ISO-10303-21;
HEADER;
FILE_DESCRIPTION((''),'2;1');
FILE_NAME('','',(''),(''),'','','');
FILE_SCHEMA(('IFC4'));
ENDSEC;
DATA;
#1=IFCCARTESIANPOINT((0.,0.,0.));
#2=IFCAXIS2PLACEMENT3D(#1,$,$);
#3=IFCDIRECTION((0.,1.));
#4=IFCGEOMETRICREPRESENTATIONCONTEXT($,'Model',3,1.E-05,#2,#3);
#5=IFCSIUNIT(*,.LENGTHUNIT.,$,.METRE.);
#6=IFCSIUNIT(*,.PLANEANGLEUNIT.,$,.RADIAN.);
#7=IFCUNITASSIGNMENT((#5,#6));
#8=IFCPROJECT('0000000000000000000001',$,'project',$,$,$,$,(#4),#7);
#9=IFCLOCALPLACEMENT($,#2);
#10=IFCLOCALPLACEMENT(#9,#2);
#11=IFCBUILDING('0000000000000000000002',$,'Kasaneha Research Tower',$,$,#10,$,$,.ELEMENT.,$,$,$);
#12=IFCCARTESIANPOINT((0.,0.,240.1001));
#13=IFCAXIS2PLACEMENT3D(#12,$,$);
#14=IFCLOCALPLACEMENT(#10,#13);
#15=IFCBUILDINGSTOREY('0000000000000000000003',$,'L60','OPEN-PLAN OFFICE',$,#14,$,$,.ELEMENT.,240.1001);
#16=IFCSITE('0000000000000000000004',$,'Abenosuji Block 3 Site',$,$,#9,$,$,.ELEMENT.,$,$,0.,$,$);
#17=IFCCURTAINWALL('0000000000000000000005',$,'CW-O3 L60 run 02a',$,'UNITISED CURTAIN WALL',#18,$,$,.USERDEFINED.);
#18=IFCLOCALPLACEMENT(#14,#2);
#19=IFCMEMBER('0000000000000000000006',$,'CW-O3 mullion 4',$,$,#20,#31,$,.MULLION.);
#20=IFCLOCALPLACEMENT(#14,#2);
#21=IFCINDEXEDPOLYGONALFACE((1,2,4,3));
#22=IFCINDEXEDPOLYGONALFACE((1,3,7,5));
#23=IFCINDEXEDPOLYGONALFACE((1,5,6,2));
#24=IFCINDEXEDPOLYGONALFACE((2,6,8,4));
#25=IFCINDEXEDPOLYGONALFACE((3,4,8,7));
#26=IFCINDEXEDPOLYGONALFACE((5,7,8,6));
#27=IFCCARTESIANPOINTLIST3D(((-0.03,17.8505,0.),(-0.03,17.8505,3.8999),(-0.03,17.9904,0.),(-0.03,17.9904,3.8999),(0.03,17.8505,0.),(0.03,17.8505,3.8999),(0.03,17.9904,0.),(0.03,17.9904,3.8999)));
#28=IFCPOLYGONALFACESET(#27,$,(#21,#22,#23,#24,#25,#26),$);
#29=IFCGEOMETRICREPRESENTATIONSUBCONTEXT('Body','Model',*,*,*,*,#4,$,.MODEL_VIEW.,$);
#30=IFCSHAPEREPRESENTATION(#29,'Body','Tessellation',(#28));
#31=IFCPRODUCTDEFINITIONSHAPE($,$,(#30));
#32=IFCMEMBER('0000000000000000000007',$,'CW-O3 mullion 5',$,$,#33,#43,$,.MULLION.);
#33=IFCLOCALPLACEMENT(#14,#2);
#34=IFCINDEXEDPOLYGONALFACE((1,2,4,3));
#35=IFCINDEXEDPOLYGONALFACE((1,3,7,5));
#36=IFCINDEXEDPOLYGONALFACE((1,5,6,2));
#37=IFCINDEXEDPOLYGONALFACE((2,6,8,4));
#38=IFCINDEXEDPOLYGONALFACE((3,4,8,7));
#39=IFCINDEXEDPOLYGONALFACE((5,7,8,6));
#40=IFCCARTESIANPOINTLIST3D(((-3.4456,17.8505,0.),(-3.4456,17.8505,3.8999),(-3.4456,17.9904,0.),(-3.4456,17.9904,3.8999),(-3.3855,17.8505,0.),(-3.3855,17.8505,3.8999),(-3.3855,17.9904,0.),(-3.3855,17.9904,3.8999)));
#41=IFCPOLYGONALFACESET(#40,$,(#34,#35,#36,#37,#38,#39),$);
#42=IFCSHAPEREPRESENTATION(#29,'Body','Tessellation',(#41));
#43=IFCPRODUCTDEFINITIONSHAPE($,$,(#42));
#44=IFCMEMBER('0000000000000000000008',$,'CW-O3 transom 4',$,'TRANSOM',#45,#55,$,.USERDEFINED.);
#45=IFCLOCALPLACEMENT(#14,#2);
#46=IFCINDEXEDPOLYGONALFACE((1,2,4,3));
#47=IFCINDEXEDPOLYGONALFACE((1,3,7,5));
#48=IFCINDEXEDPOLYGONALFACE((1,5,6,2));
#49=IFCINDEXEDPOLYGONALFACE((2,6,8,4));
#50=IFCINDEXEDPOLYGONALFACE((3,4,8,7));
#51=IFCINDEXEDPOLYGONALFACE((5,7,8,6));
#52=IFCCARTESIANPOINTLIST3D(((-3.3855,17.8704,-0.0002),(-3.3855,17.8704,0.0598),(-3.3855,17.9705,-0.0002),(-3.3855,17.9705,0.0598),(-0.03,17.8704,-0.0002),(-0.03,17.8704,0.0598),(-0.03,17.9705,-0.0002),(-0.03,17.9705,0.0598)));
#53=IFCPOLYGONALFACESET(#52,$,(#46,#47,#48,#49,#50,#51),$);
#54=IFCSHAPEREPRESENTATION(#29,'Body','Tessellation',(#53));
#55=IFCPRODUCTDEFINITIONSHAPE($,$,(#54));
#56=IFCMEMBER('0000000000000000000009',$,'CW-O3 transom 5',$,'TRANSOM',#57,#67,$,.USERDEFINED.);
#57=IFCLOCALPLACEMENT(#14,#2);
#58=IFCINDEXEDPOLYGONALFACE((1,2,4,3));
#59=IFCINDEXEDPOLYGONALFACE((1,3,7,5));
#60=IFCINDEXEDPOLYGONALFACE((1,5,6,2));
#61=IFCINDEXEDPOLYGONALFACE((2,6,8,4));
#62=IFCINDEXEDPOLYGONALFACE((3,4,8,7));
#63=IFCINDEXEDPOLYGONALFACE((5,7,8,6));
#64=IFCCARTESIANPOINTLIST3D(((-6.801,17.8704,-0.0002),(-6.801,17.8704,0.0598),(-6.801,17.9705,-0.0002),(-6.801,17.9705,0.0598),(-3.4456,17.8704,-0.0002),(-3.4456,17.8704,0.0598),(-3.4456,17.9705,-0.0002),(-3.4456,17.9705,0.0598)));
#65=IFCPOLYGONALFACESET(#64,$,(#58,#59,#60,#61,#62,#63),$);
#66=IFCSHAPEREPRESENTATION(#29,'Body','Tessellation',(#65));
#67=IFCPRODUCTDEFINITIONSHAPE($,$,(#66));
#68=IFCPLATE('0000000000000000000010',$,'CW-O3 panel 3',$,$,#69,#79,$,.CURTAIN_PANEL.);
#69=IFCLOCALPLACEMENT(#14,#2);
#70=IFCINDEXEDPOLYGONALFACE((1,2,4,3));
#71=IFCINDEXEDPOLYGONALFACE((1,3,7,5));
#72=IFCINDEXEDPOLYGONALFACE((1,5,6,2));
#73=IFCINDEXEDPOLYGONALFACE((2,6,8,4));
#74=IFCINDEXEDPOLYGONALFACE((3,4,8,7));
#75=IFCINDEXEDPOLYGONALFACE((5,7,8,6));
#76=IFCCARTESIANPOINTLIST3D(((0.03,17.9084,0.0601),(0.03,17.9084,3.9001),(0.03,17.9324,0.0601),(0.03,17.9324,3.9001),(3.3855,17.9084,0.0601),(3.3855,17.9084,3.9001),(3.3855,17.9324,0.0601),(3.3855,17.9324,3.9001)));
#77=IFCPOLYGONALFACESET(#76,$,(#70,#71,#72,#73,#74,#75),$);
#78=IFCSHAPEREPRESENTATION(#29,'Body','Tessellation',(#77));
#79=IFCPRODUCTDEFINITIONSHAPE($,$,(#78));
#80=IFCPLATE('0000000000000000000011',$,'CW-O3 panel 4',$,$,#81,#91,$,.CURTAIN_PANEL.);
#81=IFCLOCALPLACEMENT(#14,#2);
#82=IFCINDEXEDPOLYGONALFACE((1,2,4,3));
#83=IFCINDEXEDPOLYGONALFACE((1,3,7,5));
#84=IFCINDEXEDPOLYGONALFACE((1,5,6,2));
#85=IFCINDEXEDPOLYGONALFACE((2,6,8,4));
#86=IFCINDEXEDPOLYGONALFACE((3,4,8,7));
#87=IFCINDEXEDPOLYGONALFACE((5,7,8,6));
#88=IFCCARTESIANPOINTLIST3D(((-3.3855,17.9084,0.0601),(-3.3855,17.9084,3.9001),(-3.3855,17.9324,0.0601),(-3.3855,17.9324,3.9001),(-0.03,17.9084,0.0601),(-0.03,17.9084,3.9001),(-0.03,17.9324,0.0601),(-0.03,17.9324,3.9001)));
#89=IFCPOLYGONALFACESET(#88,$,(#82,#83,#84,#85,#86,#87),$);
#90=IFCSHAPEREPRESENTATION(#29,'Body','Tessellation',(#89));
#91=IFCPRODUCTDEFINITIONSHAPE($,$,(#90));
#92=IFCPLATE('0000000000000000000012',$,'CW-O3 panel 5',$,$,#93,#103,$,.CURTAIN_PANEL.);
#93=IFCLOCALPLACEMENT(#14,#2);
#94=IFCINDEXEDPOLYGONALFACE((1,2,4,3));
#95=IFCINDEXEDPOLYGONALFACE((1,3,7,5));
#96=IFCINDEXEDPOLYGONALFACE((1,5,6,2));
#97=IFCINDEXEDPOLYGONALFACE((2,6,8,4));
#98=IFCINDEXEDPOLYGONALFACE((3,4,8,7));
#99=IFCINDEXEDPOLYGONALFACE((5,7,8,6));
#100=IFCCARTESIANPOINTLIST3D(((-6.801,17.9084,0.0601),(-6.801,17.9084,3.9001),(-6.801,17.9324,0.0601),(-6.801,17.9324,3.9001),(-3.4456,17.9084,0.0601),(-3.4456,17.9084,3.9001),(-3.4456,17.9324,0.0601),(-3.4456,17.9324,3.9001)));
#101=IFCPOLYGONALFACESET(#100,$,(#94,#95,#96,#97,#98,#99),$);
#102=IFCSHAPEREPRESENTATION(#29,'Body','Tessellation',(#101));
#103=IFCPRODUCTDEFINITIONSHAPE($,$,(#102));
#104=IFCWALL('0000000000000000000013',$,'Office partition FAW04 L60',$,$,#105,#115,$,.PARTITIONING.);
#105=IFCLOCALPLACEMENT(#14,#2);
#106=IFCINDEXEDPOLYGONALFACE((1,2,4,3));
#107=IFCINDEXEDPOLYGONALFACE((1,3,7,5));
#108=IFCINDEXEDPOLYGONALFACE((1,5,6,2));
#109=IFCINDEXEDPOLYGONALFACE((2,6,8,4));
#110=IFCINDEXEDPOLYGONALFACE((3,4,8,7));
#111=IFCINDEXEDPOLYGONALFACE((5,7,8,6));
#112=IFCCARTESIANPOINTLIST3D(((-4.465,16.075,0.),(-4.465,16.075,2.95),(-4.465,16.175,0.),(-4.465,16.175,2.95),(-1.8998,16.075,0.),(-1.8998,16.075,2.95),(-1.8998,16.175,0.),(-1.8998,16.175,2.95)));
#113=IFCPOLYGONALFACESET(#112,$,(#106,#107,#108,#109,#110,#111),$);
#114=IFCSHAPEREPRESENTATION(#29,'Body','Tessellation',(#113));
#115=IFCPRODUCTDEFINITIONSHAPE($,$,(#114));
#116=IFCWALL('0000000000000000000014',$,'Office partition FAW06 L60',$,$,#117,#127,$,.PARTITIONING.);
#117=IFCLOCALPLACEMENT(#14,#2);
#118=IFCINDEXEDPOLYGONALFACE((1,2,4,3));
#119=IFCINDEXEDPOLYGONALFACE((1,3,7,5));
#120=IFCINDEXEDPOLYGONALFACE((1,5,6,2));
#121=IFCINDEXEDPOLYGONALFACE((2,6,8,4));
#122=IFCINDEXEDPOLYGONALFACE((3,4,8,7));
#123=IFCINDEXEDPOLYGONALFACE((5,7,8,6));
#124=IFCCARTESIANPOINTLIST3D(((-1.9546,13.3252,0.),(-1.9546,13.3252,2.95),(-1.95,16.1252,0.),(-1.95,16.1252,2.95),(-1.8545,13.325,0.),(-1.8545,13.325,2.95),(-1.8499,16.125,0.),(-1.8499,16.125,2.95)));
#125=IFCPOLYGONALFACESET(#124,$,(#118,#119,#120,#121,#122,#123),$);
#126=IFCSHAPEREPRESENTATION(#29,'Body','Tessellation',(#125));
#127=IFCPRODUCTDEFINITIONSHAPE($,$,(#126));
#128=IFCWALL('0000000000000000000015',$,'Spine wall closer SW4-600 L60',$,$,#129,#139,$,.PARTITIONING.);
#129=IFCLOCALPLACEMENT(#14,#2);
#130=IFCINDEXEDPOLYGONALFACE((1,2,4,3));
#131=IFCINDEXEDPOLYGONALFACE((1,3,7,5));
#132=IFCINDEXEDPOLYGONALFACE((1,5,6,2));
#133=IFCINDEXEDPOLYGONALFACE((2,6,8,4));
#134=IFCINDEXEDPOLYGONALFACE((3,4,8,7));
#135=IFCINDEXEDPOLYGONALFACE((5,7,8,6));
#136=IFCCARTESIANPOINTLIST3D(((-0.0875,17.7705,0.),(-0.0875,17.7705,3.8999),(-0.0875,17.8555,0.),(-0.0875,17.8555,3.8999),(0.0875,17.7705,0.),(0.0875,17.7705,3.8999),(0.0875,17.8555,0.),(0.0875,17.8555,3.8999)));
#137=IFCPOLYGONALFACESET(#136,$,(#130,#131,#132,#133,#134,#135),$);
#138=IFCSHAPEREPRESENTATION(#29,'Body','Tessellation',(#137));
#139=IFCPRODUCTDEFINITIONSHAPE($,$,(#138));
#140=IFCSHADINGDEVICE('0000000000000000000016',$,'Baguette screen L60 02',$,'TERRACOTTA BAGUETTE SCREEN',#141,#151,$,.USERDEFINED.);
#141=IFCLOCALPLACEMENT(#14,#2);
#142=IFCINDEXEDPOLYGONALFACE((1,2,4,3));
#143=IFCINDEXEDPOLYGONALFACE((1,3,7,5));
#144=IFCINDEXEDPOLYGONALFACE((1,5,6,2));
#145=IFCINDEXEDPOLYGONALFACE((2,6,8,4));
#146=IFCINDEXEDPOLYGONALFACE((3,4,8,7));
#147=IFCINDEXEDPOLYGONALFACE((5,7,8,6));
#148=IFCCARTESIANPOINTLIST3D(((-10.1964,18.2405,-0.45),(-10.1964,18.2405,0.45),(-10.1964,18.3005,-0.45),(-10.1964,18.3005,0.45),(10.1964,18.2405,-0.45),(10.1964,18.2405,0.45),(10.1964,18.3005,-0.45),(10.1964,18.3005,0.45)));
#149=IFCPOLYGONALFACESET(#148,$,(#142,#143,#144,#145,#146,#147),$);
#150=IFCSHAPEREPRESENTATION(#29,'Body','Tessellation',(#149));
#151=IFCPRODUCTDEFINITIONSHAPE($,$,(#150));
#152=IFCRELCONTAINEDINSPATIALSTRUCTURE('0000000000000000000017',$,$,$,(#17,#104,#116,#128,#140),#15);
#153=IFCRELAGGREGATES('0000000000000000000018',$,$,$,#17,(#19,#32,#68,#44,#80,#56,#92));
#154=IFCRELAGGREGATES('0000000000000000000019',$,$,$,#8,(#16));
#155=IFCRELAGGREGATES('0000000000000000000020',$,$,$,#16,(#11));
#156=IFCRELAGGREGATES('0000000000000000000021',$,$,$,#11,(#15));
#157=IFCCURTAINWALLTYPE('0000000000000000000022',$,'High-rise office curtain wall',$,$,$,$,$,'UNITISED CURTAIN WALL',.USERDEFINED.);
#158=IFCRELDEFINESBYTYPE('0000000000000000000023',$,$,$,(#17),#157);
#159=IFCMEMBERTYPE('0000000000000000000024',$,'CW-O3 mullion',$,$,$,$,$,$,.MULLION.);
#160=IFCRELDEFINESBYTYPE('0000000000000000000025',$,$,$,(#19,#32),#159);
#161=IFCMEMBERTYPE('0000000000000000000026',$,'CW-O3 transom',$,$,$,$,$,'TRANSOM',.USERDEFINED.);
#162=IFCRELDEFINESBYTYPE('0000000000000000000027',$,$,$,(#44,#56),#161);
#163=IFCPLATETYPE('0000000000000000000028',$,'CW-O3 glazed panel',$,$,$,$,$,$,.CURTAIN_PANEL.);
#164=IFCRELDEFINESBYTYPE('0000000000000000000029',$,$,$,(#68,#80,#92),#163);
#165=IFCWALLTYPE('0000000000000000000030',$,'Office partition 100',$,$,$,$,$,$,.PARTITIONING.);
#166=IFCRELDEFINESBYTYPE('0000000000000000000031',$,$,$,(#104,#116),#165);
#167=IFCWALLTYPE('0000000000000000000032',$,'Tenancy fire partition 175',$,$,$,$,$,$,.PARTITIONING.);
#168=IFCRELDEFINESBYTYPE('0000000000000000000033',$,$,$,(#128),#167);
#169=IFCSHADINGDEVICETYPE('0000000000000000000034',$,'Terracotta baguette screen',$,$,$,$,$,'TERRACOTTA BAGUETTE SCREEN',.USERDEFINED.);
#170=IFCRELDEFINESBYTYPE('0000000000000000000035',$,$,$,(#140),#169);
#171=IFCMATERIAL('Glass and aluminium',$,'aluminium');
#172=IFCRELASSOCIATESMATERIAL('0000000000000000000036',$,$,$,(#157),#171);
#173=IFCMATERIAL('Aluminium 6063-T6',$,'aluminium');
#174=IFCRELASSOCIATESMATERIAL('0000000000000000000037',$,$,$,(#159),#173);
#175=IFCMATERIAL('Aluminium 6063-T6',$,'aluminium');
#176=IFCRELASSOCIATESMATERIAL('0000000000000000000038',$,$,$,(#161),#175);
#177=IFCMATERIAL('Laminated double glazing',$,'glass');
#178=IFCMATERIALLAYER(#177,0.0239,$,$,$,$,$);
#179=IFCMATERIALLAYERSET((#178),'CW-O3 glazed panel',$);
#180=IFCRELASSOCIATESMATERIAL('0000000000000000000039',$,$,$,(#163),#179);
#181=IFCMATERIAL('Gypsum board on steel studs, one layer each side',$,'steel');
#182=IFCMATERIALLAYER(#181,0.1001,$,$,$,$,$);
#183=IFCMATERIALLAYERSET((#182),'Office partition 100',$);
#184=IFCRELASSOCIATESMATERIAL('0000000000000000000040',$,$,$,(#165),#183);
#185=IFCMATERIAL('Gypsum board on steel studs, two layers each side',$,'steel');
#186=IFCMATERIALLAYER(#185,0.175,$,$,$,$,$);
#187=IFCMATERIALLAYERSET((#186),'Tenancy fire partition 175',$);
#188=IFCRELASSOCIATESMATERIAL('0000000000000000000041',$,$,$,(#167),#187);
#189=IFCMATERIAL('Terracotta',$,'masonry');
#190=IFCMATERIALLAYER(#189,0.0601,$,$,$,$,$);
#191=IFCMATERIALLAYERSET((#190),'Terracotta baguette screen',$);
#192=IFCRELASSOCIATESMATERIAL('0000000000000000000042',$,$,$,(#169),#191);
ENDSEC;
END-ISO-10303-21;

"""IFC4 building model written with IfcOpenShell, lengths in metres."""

from ifc_helpers import new_model, si_unit, direction, frame, frame_2d, origin, origin_2d, place, context, subcontext, project, spatial, rectangle, extrude, material, layer, layer_set, material_profile, profile_set, type_object, element, aggregate, save


model = new_model("IFC4")

# Units and contexts
model_context = context("Model", 3, precision=1e-05, world=origin(), true_north=direction((0.0, 1.0)))
body_context = subcontext(model_context, "Body", "Model", "MODEL_VIEW")
ifc_project = project(units=[si_unit("LENGTHUNIT", "METRE"), si_unit("PLANEANGLEUNIT", "RADIAN")], contexts=[model_context])

# Site, building, storey
site_placement = place(None, origin())
site = spatial("IfcSite", under=ifc_project, at=site_placement, Name="Abenosuji Block 3 Site", CompositionType="ELEMENT", RefElevation=0.0)
building_placement = place(site_placement, origin())
building = spatial("IfcBuilding", under=site, at=building_placement, Name="Kasaneha Research Tower", CompositionType="ELEMENT")
storey_placement = place(building_placement, frame((0.0, 0.0, 240.1001)))
storey = spatial("IfcBuildingStorey", under=building, at=storey_placement, Name="L60", Description="OPEN-PLAN OFFICE", CompositionType="ELEMENT", Elevation=240.1001)

# Curtain wall, members, plates
ifc_material_1 = material(Name="Glass and aluminium", Category="aluminium")
curtain_wall_type = type_object("IfcCurtainWallType", Name="High-rise office curtain wall", ElementType="UNITISED CURTAIN WALL", PredefinedType="USERDEFINED", material=ifc_material_1)
curtain_wall_placement = place(storey_placement, origin())
curtain_wall = element("IfcCurtainWall", 1, at=curtain_wall_placement, inside=storey, type_object=curtain_wall_type, Name="CW-O3 L60 run 02a", ObjectType="UNITISED CURTAIN WALL", PredefinedType="USERDEFINED")
ifc_material_2 = material(Name="Aluminium 6063-T6", Category="aluminium")
ifc_material_profile_1 = material_profile(ifc_material_2, rectangle(XDim=0.0601, YDim=0.1399, at=origin_2d()), Name="CW-O3 mullion 60x140")
ifc_profile_set_1 = profile_set([ifc_material_profile_1], Name="Aluminium 6063-T6")
member_type_1 = type_object("IfcMemberType", Name="CW-O3 mullion", PredefinedType="MULLION", material=ifc_profile_set_1)
member_1_placement = place(storey_placement, frame((0.0, 17.9204, 0.0), z_axis=(0.0, 0.0, 1.0), x_axis=(-1.0, 0.0, 0.0)))
member_1 = element("IfcMember", 2, at=member_1_placement, type_object=member_type_1, Name="CW-O3 mullion 4", PredefinedType="MULLION", context=body_context, shape_type="SweptSolid", body=[
    extrude(rectangle(XDim=0.0601, YDim=0.1399, at=origin_2d()), origin(), (0.0, 0.0, 1.0), 3.8999),
])
member_2_placement = place(storey_placement, frame((-3.4155, 17.9204, 0.0), z_axis=(0.0, 0.0, 1.0), x_axis=(-1.0, 0.0, 0.0)))
member_2 = element("IfcMember", 3, at=member_2_placement, type_object=member_type_1, Name="CW-O3 mullion 5", PredefinedType="MULLION", context=body_context, shape_type="SweptSolid", body=[
    extrude(rectangle(XDim=0.0601, YDim=0.1399, at=origin_2d()), origin(), (0.0, 0.0, 1.0), 3.8999),
])
ifc_material_3 = material(Name="Aluminium 6063-T6", Category="aluminium")
ifc_material_profile_2 = material_profile(ifc_material_3, rectangle(XDim=0.1001, YDim=0.0601, at=origin_2d()), Name="CW-O3 transom 100x60")
ifc_profile_set_2 = profile_set([ifc_material_profile_2], Name="Aluminium 6063-T6")
member_type_2 = type_object("IfcMemberType", Name="CW-O3 transom", ElementType="TRANSOM", PredefinedType="USERDEFINED", material=ifc_profile_set_2)
member_3_placement = place(storey_placement, frame((-0.03, 17.9204, 0.0298), z_axis=(-1.0, 0.0, 0.0), x_axis=(0.0, -1.0, 0.0)))
member_3 = element("IfcMember", 4, at=member_3_placement, type_object=member_type_2, Name="CW-O3 transom 4", ObjectType="TRANSOM", PredefinedType="USERDEFINED", context=body_context, shape_type="SweptSolid", body=[
    extrude(rectangle(XDim=0.1001, YDim=0.0601, at=origin_2d()), origin(), (0.0, 0.0, 1.0), 3.3555),
])
member_4_placement = place(storey_placement, frame((-3.4456, 17.9204, 0.0298), z_axis=(-1.0, 0.0, 0.0), x_axis=(0.0, -1.0, 0.0)))
member_4 = element("IfcMember", 5, at=member_4_placement, type_object=member_type_2, Name="CW-O3 transom 5", ObjectType="TRANSOM", PredefinedType="USERDEFINED", context=body_context, shape_type="SweptSolid", body=[
    extrude(rectangle(XDim=0.1001, YDim=0.0601, at=origin_2d()), origin(), (0.0, 0.0, 1.0), 3.3555),
])
ifc_material_4 = material(Name="Laminated double glazing", Category="glass")
ifc_layer_1 = layer(ifc_material_4, 0.0239)
ifc_layer_set_1 = layer_set([ifc_layer_1], Name="CW-O3 glazed panel")
plate_type = type_object("IfcPlateType", Name="CW-O3 glazed panel", PredefinedType="CURTAIN_PANEL", material=ifc_layer_set_1)
plate_1_placement = place(storey_placement, frame((1.7078, 17.9204, 0.0601), z_axis=(0.0, 0.0, 1.0), x_axis=(-1.0, 0.0, 0.0)))
plate_1 = element("IfcPlate", 6, at=plate_1_placement, type_object=plate_type, Name="CW-O3 panel 3", PredefinedType="CURTAIN_PANEL", context=body_context, shape_type="SweptSolid", body=[
    extrude(rectangle(XDim=3.3555, YDim=0.0239, at=origin_2d()), origin(), (0.0, 0.0, 1.0), 3.8401),
])
plate_2_placement = place(storey_placement, frame((-1.7078, 17.9204, 0.0601), z_axis=(0.0, 0.0, 1.0), x_axis=(-1.0, 0.0, 0.0)))
plate_2 = element("IfcPlate", 7, at=plate_2_placement, type_object=plate_type, Name="CW-O3 panel 4", PredefinedType="CURTAIN_PANEL", context=body_context, shape_type="SweptSolid", body=[
    extrude(rectangle(XDim=3.3555, YDim=0.0239, at=origin_2d()), origin(), (0.0, 0.0, 1.0), 3.8401),
])
plate_3_placement = place(storey_placement, frame((-5.1233, 17.9204, 0.0601), z_axis=(0.0, 0.0, 1.0), x_axis=(-1.0, 0.0, 0.0)))
plate_3 = element("IfcPlate", 8, at=plate_3_placement, type_object=plate_type, Name="CW-O3 panel 5", PredefinedType="CURTAIN_PANEL", context=body_context, shape_type="SweptSolid", body=[
    extrude(rectangle(XDim=3.3555, YDim=0.0239, at=origin_2d()), origin(), (0.0, 0.0, 1.0), 3.8401),
])
aggregate(curtain_wall, [member_1, member_2, plate_1, member_3, plate_2, member_4, plate_3])

# Walls
ifc_material_5 = material(Name="Gypsum board on steel studs, one layer each side", Category="steel")
ifc_layer_2 = layer(ifc_material_5, 0.1001)
ifc_layer_set_2 = layer_set([ifc_layer_2], Name="Office partition 100")
wall_type_1 = type_object("IfcWallType", Name="Office partition 100", PredefinedType="PARTITIONING", material=ifc_layer_set_2)
wall_1_placement = place(storey_placement, frame((-4.4651, 16.125, 0.0), z_axis=(0.0, 0.0, 1.0), x_axis=(1.0, 0.0, 0.0)))
element("IfcWall", 9, at=wall_1_placement, inside=storey, type_object=wall_type_1, Name="Office partition FAW04 L60", PredefinedType="PARTITIONING", context=body_context, shape_type="SweptSolid", body=[
    extrude(rectangle(XDim=2.5652, YDim=0.1001, at=frame_2d((1.2827, 0.0))), origin(), (0.0, 0.0, 1.0), 2.95),
])
wall_2_placement = place(storey_placement, frame((-1.8999, 16.125, 0.0), z_axis=(0.0, 0.0, 1.0), x_axis=(-0.001657, -0.999999, 0.0)))
element("IfcWall", 10, at=wall_2_placement, inside=storey, type_object=wall_type_1, Name="Office partition FAW06 L60", PredefinedType="PARTITIONING", context=body_context, shape_type="SweptSolid", body=[
    extrude(rectangle(XDim=2.8, YDim=0.1001, at=frame_2d((1.3999, 0.0))), origin(), (0.0, 0.0, 1.0), 2.95),
])
ifc_material_6 = material(Name="Gypsum board on steel studs, two layers each side", Category="steel")
ifc_layer_3 = layer(ifc_material_6, 0.175)
ifc_layer_set_3 = layer_set([ifc_layer_3], Name="Tenancy fire partition 175")
wall_type_2 = type_object("IfcWallType", Name="Tenancy fire partition 175", PredefinedType="PARTITIONING", material=ifc_layer_set_3)
wall_3_placement = place(storey_placement, frame((0.0, 17.7705, 0.0), z_axis=(0.0, 0.0, 1.0), x_axis=(0.0, 1.0, 0.0)))
element("IfcWall", 11, at=wall_3_placement, inside=storey, type_object=wall_type_2, Name="Spine wall closer SW4-600 L60", PredefinedType="PARTITIONING", context=body_context, shape_type="SweptSolid", body=[
    extrude(rectangle(XDim=0.085, YDim=0.175, at=frame_2d((0.0425, 0.0))), origin(), (0.0, 0.0, 1.0), 3.8999),
])

# Shading device
ifc_material_7 = material(Name="Terracotta", Category="masonry")
ifc_layer_4 = layer(ifc_material_7, 0.0601)
ifc_layer_set_4 = layer_set([ifc_layer_4], Name="Terracotta baguette screen")
shading_device_type = type_object("IfcShadingDeviceType", Name="Terracotta baguette screen", ElementType="TERRACOTTA BAGUETTE SCREEN", PredefinedType="USERDEFINED", material=ifc_layer_set_4)
shading_device_placement = place(storey_placement, frame((0.0, 18.2705, -0.45), z_axis=(0.0, 0.0, 1.0), x_axis=(-1.0, 0.0, 0.0)))
element("IfcShadingDevice", 12, at=shading_device_placement, inside=storey, type_object=shading_device_type, Name="Baguette screen L60 02", ObjectType="TERRACOTTA BAGUETTE SCREEN", PredefinedType="USERDEFINED", context=body_context, shape_type="SweptSolid", body=[
    extrude(rectangle(XDim=20.3928, YDim=0.0601, at=origin_2d()), origin(), (0.0, 0.0, 1.0), 0.8999),
])

save(model, "model.ifc")
